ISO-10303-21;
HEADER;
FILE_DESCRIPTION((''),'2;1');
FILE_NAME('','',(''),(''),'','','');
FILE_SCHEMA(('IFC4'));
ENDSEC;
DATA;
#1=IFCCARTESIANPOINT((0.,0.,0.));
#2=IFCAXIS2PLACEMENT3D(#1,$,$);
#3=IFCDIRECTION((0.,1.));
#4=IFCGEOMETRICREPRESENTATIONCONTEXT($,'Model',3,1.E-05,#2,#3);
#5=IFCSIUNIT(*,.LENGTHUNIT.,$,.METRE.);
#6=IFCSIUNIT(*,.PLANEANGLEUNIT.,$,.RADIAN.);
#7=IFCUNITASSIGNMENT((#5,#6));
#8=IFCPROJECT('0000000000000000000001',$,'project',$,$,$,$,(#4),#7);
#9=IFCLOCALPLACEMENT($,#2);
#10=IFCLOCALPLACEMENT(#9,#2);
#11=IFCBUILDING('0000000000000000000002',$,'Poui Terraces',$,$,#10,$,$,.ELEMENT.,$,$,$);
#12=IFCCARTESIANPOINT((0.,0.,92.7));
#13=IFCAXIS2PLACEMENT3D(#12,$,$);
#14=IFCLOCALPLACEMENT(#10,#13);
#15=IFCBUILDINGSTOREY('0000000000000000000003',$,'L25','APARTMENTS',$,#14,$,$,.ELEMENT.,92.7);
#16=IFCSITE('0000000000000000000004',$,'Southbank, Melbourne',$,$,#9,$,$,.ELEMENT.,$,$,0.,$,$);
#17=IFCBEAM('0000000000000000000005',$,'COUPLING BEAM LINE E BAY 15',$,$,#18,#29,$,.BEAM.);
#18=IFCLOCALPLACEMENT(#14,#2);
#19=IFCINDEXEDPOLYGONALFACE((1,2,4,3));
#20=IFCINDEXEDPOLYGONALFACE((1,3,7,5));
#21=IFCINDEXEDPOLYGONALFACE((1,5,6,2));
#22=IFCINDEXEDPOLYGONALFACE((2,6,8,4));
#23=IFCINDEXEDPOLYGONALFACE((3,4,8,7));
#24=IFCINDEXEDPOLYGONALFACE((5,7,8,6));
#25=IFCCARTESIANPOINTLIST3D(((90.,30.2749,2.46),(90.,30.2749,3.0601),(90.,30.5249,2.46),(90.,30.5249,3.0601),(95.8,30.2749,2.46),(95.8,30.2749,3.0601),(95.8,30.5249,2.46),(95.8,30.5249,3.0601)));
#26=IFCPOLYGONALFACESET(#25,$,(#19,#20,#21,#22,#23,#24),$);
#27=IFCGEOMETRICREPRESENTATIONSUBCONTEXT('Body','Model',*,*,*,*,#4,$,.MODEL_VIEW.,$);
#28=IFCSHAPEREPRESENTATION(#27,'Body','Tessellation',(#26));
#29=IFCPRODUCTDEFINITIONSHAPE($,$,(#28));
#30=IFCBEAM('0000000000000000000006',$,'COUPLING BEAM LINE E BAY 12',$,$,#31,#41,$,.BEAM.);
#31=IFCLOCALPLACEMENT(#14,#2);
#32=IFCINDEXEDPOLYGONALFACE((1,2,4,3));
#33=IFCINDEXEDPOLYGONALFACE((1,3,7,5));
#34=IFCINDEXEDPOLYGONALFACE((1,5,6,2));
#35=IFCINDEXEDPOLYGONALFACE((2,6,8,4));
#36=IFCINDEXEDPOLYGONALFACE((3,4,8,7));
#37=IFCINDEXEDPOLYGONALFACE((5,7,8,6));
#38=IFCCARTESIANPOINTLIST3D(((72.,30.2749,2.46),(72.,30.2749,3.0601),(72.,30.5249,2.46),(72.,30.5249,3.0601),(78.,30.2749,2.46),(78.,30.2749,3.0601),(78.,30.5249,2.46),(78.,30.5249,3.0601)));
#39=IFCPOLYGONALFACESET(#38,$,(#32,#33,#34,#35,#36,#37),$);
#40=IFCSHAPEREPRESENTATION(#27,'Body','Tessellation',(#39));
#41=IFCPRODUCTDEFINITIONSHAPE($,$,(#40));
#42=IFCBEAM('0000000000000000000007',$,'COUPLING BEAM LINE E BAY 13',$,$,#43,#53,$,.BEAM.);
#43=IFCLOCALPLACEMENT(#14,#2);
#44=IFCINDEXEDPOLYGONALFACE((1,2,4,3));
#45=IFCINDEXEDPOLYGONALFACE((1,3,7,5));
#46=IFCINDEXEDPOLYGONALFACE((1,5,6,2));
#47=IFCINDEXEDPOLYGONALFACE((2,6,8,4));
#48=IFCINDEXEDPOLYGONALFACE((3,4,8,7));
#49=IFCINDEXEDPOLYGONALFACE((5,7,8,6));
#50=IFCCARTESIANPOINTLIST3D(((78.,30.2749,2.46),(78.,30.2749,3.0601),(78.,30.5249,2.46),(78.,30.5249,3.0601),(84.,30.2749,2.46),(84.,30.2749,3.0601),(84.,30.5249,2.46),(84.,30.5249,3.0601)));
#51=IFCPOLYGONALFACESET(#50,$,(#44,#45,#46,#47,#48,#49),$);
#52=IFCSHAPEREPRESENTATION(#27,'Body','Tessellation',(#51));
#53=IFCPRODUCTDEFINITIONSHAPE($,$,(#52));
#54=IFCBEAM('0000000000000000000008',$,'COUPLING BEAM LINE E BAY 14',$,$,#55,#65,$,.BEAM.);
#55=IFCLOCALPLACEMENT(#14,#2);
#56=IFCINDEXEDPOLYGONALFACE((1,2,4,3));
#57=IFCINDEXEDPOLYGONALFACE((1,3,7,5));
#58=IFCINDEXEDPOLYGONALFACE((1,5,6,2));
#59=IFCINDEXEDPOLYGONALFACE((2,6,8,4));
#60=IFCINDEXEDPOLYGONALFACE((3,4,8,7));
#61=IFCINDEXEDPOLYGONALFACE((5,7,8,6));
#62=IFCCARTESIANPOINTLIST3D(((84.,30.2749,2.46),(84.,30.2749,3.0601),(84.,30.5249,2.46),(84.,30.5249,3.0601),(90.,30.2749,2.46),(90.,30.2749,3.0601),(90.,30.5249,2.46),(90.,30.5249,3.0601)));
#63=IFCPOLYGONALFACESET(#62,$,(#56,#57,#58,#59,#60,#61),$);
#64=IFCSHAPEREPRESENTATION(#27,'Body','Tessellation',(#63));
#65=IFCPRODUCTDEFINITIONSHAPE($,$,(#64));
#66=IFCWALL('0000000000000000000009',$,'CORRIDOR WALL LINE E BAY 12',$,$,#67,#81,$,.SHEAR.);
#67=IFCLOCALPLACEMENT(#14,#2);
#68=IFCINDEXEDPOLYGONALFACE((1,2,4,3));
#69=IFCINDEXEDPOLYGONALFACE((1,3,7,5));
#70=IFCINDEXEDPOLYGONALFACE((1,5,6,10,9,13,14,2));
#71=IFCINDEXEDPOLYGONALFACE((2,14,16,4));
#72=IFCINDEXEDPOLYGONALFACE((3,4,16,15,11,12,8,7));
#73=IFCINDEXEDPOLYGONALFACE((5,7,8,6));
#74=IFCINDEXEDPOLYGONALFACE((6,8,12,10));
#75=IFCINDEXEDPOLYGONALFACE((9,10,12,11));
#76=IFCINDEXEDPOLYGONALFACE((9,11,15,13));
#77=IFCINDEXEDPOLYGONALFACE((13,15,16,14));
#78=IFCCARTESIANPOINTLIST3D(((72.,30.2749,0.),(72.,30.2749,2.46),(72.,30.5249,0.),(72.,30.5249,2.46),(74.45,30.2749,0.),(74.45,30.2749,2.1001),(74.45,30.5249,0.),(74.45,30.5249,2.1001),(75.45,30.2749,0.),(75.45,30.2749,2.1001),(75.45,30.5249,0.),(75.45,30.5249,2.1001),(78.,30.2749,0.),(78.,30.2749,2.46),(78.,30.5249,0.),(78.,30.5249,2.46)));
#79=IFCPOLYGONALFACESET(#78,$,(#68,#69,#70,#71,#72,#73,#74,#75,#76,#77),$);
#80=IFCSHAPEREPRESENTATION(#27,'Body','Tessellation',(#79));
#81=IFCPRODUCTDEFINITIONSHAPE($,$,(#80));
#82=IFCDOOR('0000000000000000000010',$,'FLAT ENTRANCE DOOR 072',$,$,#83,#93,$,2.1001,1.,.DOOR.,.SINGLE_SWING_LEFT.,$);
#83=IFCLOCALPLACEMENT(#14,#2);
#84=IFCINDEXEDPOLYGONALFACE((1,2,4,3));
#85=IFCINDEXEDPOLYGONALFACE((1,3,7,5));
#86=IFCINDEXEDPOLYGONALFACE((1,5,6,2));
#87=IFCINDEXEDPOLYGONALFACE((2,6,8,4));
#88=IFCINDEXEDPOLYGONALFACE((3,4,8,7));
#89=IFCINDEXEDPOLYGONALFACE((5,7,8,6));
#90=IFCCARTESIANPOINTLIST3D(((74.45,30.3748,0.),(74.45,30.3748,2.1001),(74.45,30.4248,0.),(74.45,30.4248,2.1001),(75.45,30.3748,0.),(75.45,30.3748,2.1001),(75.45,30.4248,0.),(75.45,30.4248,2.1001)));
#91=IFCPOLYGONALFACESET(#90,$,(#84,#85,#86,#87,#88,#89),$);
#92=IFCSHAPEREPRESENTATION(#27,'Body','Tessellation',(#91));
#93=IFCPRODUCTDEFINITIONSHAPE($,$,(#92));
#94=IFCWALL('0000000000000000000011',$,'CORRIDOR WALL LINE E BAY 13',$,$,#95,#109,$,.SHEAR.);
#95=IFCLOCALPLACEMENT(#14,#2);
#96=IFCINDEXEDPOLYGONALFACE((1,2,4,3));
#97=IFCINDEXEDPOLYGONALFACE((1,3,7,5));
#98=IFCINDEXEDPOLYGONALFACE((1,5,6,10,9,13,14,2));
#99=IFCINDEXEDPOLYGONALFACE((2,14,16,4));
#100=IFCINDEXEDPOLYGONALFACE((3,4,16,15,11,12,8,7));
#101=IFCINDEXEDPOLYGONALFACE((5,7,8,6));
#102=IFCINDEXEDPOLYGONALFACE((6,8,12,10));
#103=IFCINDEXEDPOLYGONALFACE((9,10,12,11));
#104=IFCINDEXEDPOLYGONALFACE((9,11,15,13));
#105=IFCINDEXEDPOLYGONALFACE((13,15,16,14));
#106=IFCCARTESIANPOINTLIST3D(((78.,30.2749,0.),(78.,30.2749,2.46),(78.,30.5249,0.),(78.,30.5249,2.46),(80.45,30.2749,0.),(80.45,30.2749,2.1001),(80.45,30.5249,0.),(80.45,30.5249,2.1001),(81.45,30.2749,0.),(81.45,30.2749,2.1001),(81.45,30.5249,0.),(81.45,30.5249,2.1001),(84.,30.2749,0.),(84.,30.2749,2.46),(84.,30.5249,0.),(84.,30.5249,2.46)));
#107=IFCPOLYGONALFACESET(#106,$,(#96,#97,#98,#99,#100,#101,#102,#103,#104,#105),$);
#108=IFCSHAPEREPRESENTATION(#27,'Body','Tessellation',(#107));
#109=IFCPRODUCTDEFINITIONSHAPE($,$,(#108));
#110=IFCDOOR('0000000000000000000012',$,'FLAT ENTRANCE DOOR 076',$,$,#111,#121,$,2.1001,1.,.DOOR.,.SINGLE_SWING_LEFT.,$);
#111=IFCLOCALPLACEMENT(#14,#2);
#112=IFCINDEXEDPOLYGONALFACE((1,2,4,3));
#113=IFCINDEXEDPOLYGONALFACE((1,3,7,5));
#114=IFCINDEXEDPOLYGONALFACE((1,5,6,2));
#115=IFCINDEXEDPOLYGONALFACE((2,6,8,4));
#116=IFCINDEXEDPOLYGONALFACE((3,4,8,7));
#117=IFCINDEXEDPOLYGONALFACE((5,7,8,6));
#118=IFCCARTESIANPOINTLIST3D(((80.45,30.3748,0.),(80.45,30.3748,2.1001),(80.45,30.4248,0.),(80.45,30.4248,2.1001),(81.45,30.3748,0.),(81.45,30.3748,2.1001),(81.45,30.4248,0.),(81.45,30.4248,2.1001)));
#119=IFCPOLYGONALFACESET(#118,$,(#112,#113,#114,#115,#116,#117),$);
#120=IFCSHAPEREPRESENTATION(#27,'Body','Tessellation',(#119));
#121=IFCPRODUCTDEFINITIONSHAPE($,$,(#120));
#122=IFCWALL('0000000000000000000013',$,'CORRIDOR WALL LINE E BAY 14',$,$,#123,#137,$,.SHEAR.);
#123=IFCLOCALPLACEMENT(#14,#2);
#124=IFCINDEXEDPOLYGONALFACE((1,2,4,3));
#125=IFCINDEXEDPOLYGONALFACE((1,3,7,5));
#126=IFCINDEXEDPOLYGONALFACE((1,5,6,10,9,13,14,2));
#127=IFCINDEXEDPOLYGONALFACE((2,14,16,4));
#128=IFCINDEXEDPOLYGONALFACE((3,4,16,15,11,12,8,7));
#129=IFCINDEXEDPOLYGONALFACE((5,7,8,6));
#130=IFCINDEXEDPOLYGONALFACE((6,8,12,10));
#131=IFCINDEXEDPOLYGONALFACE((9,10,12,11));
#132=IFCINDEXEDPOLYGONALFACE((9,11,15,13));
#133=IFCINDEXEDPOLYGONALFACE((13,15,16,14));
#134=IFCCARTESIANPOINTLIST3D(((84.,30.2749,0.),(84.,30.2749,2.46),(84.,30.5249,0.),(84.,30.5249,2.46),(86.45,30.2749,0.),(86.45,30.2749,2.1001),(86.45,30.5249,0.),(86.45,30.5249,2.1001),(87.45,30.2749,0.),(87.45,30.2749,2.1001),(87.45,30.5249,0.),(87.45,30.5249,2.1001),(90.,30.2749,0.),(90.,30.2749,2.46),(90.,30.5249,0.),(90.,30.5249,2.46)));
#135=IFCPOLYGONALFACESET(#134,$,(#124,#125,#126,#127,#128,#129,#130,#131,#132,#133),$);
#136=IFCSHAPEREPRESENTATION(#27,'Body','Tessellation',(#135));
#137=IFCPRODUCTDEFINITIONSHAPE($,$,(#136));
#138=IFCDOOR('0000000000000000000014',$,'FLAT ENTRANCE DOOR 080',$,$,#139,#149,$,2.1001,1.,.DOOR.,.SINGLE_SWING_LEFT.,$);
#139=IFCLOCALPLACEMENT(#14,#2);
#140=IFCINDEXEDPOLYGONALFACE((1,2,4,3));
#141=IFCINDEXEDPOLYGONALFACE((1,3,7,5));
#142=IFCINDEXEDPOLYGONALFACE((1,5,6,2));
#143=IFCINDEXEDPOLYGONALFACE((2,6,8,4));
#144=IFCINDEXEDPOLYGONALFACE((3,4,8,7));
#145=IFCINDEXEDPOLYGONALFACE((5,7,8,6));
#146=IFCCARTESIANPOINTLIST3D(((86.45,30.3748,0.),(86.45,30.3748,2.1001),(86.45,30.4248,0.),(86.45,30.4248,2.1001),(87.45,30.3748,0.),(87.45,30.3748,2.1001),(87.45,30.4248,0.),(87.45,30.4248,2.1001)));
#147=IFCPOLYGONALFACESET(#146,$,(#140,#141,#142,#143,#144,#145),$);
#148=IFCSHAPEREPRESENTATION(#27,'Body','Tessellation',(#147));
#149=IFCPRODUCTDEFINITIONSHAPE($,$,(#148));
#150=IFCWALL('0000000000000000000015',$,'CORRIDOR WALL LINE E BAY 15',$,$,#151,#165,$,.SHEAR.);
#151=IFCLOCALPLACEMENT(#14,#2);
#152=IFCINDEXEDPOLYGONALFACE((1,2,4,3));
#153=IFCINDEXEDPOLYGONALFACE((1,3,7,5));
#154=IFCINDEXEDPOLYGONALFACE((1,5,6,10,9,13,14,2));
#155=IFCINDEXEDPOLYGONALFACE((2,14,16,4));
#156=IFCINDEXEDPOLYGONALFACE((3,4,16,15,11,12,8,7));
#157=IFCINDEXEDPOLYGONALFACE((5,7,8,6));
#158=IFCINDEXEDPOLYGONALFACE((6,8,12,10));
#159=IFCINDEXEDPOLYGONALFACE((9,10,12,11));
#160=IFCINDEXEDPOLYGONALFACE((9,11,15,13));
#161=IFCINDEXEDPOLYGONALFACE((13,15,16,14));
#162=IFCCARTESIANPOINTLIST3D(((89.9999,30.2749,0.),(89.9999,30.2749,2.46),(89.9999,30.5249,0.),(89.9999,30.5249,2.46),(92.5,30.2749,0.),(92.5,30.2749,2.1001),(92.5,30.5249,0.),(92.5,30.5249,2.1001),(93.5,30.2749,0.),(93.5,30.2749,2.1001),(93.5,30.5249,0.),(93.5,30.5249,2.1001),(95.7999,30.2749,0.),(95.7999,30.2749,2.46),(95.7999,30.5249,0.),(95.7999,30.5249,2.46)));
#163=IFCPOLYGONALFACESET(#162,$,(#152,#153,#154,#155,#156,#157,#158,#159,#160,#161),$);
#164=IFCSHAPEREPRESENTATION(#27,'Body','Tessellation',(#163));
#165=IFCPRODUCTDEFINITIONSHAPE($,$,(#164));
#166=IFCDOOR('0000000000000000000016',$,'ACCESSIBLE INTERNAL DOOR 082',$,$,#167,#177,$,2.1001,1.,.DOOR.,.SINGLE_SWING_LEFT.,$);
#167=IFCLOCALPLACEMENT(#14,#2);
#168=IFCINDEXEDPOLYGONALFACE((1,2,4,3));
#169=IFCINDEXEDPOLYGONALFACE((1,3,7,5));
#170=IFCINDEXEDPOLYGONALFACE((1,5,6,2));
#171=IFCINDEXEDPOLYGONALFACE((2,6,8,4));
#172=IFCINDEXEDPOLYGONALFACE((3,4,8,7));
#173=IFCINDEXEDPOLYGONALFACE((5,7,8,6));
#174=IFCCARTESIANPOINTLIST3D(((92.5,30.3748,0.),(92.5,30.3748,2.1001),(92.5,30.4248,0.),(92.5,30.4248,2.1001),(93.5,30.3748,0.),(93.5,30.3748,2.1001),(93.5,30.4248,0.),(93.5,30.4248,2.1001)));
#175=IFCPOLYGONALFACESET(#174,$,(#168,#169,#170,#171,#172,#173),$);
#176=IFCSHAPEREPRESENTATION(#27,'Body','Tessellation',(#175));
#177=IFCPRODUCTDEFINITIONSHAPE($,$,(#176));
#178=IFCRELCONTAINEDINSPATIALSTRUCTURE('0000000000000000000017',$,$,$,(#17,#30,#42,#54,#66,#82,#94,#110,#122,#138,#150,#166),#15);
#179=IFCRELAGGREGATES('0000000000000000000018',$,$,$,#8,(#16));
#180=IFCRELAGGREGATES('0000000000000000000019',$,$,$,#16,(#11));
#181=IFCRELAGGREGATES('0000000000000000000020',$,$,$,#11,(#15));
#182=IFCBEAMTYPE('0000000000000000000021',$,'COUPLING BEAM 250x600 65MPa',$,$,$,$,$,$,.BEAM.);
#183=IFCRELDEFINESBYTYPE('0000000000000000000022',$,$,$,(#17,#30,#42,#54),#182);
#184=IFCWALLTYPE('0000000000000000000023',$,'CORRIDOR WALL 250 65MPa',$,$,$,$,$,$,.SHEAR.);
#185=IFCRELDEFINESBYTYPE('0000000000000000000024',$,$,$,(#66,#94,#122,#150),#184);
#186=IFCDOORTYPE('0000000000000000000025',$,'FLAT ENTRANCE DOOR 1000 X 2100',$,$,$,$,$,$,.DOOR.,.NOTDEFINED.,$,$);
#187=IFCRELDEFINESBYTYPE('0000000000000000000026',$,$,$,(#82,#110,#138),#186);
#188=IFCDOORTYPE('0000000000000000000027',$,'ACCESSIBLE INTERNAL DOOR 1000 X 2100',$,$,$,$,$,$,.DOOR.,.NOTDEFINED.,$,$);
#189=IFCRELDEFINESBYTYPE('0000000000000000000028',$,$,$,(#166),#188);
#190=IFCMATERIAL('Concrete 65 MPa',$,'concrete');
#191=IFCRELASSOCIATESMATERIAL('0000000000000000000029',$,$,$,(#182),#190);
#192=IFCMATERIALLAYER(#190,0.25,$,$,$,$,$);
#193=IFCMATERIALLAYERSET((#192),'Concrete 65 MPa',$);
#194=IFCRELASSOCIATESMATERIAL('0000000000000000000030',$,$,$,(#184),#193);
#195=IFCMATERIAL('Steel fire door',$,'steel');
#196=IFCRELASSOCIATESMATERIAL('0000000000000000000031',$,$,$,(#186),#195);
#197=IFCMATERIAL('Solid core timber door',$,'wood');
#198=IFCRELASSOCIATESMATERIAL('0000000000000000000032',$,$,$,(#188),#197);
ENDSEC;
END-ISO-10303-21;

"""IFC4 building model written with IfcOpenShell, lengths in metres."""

from ifc_helpers import new_model, si_unit, direction, frame, frame_2d, origin, origin_2d, place, context, subcontext, project, spatial, rectangle, extrude, source, transform, mapped, material, layer, layer_set, material_profile, profile_set, type_object, element, fill, save


model = new_model("IFC4")

# Units and contexts
model_context = context("Model", 3, precision=1e-05, world=origin(), true_north=direction((0.0, 1.0)))
body_context = subcontext(model_context, "Body", "Model", "MODEL_VIEW")
ifc_project = project(units=[si_unit("LENGTHUNIT", "METRE"), si_unit("PLANEANGLEUNIT", "RADIAN")], contexts=[model_context])

# Site, building, storey
site_placement = place(None, origin())
site = spatial("IfcSite", under=ifc_project, at=site_placement, Name="Southbank, Melbourne", CompositionType="ELEMENT", RefElevation=0.0)
building_placement = place(site_placement, origin())
building = spatial("IfcBuilding", under=site, at=building_placement, Name="Poui Terraces", CompositionType="ELEMENT")
storey_placement = place(building_placement, frame((0.0, 0.0, 92.7)))
storey = spatial("IfcBuildingStorey", under=building, at=storey_placement, Name="L25", Description="APARTMENTS", CompositionType="ELEMENT", Elevation=92.7)

# Beams
ifc_material_1 = material(Name="Concrete 65 MPa", Category="concrete")
ifc_material_profile = material_profile(ifc_material_1, rectangle(XDim=0.25, YDim=0.6001, at=origin_2d()), Name="RC 250x600")
ifc_profile_set = profile_set([ifc_material_profile], Name="Concrete 65 MPa")
beam_type = type_object("IfcBeamType", Name="COUPLING BEAM 250x600 65MPa", PredefinedType="BEAM", material=ifc_profile_set)
shared_shape_1 = source(origin(), body_context, "Body", "SweptSolid", [
    extrude(rectangle(XDim=0.25, YDim=0.6001, at=origin_2d()), origin(), (0.0, 0.0, 1.0), 5.8),
])
beam_placement = place(storey_placement, frame((90.0, 30.3999, 2.76), z_axis=(1.0, 0.0, 0.0), x_axis=(0.0, 1.0, 0.0)))
element("IfcBeam", 1, at=beam_placement, inside=storey, type_object=beam_type, Name="COUPLING BEAM LINE E BAY 15", PredefinedType="BEAM", context=body_context, shape_type="MappedRepresentation", body=[
    mapped(shared_shape_1, transform((0.0, 0.0, 0.0))),
])
shared_shape_2 = source(origin(), body_context, "Body", "SweptSolid", [
    extrude(rectangle(XDim=0.25, YDim=0.6001, at=origin_2d()), origin(), (0.0, 0.0, 1.0), 6.0),
])
for number, where, z_axis, x_axis, name in (
    (2, (72.0, 30.3999, 2.76), (1.0, 0.0, 0.0), (0.0, 1.0, 0.0), "COUPLING BEAM LINE E BAY 12"),
    (3, (78.0, 30.3999, 2.76), (1.0, 0.0, 0.0), (0.0, 1.0, 0.0), "COUPLING BEAM LINE E BAY 13"),
    (4, (84.0, 30.3999, 2.76), (1.0, 0.0, 0.0), (0.0, 1.0, 0.0), "COUPLING BEAM LINE E BAY 14"),
):
    element("IfcBeam", number, at=place(storey_placement, frame(where, z_axis=z_axis, x_axis=x_axis)), inside=storey, type_object=beam_type, Name=name, PredefinedType="BEAM", context=body_context, shape_type="MappedRepresentation", body=[
        mapped(shared_shape_2, transform((0.0, 0.0, 0.0))),
    ])

# Walls, openings, doors
ifc_layer_1 = layer(ifc_material_1, 0.25)
ifc_layer_set_1 = layer_set([ifc_layer_1], Name="Concrete 65 MPa")
wall_type_1 = type_object("IfcWallType", Name="CORRIDOR WALL 250 65MPa", PredefinedType="SHEAR", material=ifc_layer_set_1)
wall_1_placement = place(storey_placement, frame((72.0, 30.3999, 0.0), z_axis=(0.0, 0.0, 1.0), x_axis=(1.0, 0.0, 0.0)))
wall_1 = element("IfcWall", 5, at=wall_1_placement, inside=storey, type_object=wall_type_1, Name="CORRIDOR WALL LINE E BAY 12", PredefinedType="SHEAR", context=body_context, shape_type="SweptSolid", body=[
    extrude(rectangle(XDim=6.0, YDim=0.25, at=frame_2d((3.0, 0.0))), origin(), (0.0, 0.0, 1.0), 2.46),
])
opening_1_placement = place(wall_1_placement, frame((2.45, 0.0, 0.0)))
opening_1 = element("IfcOpeningElement", 6, at=opening_1_placement, cuts=wall_1, PredefinedType="OPENING", context=body_context, shape_type="SweptSolid", body=[
    extrude(rectangle(XDim=1.0, YDim=2.1001, at=frame_2d((0.5, 1.05))), frame((0.0, 0.135, 0.0), z_axis=(0.0, -1.0, 0.0), x_axis=(1.0, 0.0, 0.0)), (0.0, 0.0, 1.0), 0.27),
])
ifc_material_2 = material(Name="Steel fire door", Category="steel")
door_type_1 = type_object("IfcDoorType", Name="FLAT ENTRANCE DOOR 1000 X 2100", OperationType="NOTDEFINED", PredefinedType="DOOR", material=ifc_material_2)
door_1_placement = place(opening_1_placement, origin())
door_1 = element("IfcDoor", 7, at=door_1_placement, inside=storey, type_object=door_type_1, Name="FLAT ENTRANCE DOOR 072", OperationType="SINGLE_SWING_LEFT", OverallHeight=2.1001, OverallWidth=1.0, PredefinedType="DOOR", context=body_context, shape_type="SweptSolid", body=[
    extrude(rectangle(XDim=1.0, YDim=2.1001, at=frame_2d((0.5, 1.05))), frame((0.0, 0.0249, 0.0), z_axis=(0.0, -1.0, 0.0), x_axis=(1.0, 0.0, 0.0)), (0.0, 0.0, 1.0), 0.05),
])
fill(opening_1, door_1)
wall_2_placement = place(storey_placement, frame((78.0, 30.3999, 0.0), z_axis=(0.0, 0.0, 1.0), x_axis=(1.0, 0.0, 0.0)))
wall_2 = element("IfcWall", 8, at=wall_2_placement, inside=storey, type_object=wall_type_1, Name="CORRIDOR WALL LINE E BAY 13", PredefinedType="SHEAR", context=body_context, shape_type="SweptSolid", body=[
    extrude(rectangle(XDim=6.0, YDim=0.25, at=frame_2d((3.0, 0.0))), origin(), (0.0, 0.0, 1.0), 2.46),
])
opening_2_placement = place(wall_2_placement, frame((2.45, 0.0, 0.0)))
opening_2 = element("IfcOpeningElement", 9, at=opening_2_placement, cuts=wall_2, PredefinedType="OPENING", context=body_context, shape_type="SweptSolid", body=[
    extrude(rectangle(XDim=1.0, YDim=2.1001, at=frame_2d((0.5, 1.05))), frame((0.0, 0.135, 0.0), z_axis=(0.0, -1.0, 0.0), x_axis=(1.0, 0.0, 0.0)), (0.0, 0.0, 1.0), 0.27),
])
door_2_placement = place(opening_2_placement, origin())
door_2 = element("IfcDoor", 10, at=door_2_placement, inside=storey, type_object=door_type_1, Name="FLAT ENTRANCE DOOR 076", OperationType="SINGLE_SWING_LEFT", OverallHeight=2.1001, OverallWidth=1.0, PredefinedType="DOOR", context=body_context, shape_type="SweptSolid", body=[
    extrude(rectangle(XDim=1.0, YDim=2.1001, at=frame_2d((0.5, 1.05))), frame((0.0, 0.0249, 0.0), z_axis=(0.0, -1.0, 0.0), x_axis=(1.0, 0.0, 0.0)), (0.0, 0.0, 1.0), 0.05),
])
fill(opening_2, door_2)
wall_3_placement = place(storey_placement, frame((84.0, 30.3999, 0.0), z_axis=(0.0, 0.0, 1.0), x_axis=(1.0, 0.0, 0.0)))
wall_3 = element("IfcWall", 11, at=wall_3_placement, inside=storey, type_object=wall_type_1, Name="CORRIDOR WALL LINE E BAY 14", PredefinedType="SHEAR", context=body_context, shape_type="SweptSolid", body=[
    extrude(rectangle(XDim=6.0, YDim=0.25, at=frame_2d((3.0, 0.0))), origin(), (0.0, 0.0, 1.0), 2.46),
])
opening_3_placement = place(wall_3_placement, frame((2.45, 0.0, 0.0)))
opening_3 = element("IfcOpeningElement", 12, at=opening_3_placement, cuts=wall_3, PredefinedType="OPENING", context=body_context, shape_type="SweptSolid", body=[
    extrude(rectangle(XDim=1.0, YDim=2.1001, at=frame_2d((0.5, 1.05))), frame((0.0, 0.135, 0.0), z_axis=(0.0, -1.0, 0.0), x_axis=(1.0, 0.0, 0.0)), (0.0, 0.0, 1.0), 0.27),
])
door_3_placement = place(opening_3_placement, origin())
door_3 = element("IfcDoor", 13, at=door_3_placement, inside=storey, type_object=door_type_1, Name="FLAT ENTRANCE DOOR 080", OperationType="SINGLE_SWING_LEFT", OverallHeight=2.1001, OverallWidth=1.0, PredefinedType="DOOR", context=body_context, shape_type="SweptSolid", body=[
    extrude(rectangle(XDim=1.0, YDim=2.1001, at=frame_2d((0.5, 1.05))), frame((0.0, 0.0249, 0.0), z_axis=(0.0, -1.0, 0.0), x_axis=(1.0, 0.0, 0.0)), (0.0, 0.0, 1.0), 0.05),
])
fill(opening_3, door_3)
wall_4_placement = place(storey_placement, frame((90.0, 30.3999, 0.0), z_axis=(0.0, 0.0, 1.0), x_axis=(1.0, 0.0, 0.0)))
wall_4 = element("IfcWall", 14, at=wall_4_placement, inside=storey, type_object=wall_type_1, Name="CORRIDOR WALL LINE E BAY 15", PredefinedType="SHEAR", context=body_context, shape_type="SweptSolid", body=[
    extrude(rectangle(XDim=5.8, YDim=0.25, at=frame_2d((2.8999, 0.0))), origin(), (0.0, 0.0, 1.0), 2.46),
])
opening_4_placement = place(wall_4_placement, frame((2.5, 0.0, 0.0)))
opening_4 = element("IfcOpeningElement", 15, at=opening_4_placement, cuts=wall_4, PredefinedType="OPENING", context=body_context, shape_type="SweptSolid", body=[
    extrude(rectangle(XDim=1.0, YDim=2.1001, at=frame_2d((0.5, 1.05))), frame((0.0, 0.135, 0.0), z_axis=(0.0, -1.0, 0.0), x_axis=(1.0, 0.0, 0.0)), (0.0, 0.0, 1.0), 0.27),
])
ifc_material_3 = material(Name="Solid core timber door", Category="wood")
door_type_2 = type_object("IfcDoorType", Name="ACCESSIBLE INTERNAL DOOR 1000 X 2100", OperationType="NOTDEFINED", PredefinedType="DOOR", material=ifc_material_3)
door_4_placement = place(opening_4_placement, origin())
door_4 = element("IfcDoor", 16, at=door_4_placement, inside=storey, type_object=door_type_2, Name="ACCESSIBLE INTERNAL DOOR 082", OperationType="SINGLE_SWING_LEFT", OverallHeight=2.1001, OverallWidth=1.0, PredefinedType="DOOR", context=body_context, shape_type="SweptSolid", body=[
    extrude(rectangle(XDim=1.0, YDim=2.1001, at=frame_2d((0.5, 1.05))), frame((0.0, 0.0249, 0.0), z_axis=(0.0, -1.0, 0.0), x_axis=(1.0, 0.0, 0.0)), (0.0, 0.0, 1.0), 0.05),
])
fill(opening_4, door_4)

save(model, "model.ifc")
